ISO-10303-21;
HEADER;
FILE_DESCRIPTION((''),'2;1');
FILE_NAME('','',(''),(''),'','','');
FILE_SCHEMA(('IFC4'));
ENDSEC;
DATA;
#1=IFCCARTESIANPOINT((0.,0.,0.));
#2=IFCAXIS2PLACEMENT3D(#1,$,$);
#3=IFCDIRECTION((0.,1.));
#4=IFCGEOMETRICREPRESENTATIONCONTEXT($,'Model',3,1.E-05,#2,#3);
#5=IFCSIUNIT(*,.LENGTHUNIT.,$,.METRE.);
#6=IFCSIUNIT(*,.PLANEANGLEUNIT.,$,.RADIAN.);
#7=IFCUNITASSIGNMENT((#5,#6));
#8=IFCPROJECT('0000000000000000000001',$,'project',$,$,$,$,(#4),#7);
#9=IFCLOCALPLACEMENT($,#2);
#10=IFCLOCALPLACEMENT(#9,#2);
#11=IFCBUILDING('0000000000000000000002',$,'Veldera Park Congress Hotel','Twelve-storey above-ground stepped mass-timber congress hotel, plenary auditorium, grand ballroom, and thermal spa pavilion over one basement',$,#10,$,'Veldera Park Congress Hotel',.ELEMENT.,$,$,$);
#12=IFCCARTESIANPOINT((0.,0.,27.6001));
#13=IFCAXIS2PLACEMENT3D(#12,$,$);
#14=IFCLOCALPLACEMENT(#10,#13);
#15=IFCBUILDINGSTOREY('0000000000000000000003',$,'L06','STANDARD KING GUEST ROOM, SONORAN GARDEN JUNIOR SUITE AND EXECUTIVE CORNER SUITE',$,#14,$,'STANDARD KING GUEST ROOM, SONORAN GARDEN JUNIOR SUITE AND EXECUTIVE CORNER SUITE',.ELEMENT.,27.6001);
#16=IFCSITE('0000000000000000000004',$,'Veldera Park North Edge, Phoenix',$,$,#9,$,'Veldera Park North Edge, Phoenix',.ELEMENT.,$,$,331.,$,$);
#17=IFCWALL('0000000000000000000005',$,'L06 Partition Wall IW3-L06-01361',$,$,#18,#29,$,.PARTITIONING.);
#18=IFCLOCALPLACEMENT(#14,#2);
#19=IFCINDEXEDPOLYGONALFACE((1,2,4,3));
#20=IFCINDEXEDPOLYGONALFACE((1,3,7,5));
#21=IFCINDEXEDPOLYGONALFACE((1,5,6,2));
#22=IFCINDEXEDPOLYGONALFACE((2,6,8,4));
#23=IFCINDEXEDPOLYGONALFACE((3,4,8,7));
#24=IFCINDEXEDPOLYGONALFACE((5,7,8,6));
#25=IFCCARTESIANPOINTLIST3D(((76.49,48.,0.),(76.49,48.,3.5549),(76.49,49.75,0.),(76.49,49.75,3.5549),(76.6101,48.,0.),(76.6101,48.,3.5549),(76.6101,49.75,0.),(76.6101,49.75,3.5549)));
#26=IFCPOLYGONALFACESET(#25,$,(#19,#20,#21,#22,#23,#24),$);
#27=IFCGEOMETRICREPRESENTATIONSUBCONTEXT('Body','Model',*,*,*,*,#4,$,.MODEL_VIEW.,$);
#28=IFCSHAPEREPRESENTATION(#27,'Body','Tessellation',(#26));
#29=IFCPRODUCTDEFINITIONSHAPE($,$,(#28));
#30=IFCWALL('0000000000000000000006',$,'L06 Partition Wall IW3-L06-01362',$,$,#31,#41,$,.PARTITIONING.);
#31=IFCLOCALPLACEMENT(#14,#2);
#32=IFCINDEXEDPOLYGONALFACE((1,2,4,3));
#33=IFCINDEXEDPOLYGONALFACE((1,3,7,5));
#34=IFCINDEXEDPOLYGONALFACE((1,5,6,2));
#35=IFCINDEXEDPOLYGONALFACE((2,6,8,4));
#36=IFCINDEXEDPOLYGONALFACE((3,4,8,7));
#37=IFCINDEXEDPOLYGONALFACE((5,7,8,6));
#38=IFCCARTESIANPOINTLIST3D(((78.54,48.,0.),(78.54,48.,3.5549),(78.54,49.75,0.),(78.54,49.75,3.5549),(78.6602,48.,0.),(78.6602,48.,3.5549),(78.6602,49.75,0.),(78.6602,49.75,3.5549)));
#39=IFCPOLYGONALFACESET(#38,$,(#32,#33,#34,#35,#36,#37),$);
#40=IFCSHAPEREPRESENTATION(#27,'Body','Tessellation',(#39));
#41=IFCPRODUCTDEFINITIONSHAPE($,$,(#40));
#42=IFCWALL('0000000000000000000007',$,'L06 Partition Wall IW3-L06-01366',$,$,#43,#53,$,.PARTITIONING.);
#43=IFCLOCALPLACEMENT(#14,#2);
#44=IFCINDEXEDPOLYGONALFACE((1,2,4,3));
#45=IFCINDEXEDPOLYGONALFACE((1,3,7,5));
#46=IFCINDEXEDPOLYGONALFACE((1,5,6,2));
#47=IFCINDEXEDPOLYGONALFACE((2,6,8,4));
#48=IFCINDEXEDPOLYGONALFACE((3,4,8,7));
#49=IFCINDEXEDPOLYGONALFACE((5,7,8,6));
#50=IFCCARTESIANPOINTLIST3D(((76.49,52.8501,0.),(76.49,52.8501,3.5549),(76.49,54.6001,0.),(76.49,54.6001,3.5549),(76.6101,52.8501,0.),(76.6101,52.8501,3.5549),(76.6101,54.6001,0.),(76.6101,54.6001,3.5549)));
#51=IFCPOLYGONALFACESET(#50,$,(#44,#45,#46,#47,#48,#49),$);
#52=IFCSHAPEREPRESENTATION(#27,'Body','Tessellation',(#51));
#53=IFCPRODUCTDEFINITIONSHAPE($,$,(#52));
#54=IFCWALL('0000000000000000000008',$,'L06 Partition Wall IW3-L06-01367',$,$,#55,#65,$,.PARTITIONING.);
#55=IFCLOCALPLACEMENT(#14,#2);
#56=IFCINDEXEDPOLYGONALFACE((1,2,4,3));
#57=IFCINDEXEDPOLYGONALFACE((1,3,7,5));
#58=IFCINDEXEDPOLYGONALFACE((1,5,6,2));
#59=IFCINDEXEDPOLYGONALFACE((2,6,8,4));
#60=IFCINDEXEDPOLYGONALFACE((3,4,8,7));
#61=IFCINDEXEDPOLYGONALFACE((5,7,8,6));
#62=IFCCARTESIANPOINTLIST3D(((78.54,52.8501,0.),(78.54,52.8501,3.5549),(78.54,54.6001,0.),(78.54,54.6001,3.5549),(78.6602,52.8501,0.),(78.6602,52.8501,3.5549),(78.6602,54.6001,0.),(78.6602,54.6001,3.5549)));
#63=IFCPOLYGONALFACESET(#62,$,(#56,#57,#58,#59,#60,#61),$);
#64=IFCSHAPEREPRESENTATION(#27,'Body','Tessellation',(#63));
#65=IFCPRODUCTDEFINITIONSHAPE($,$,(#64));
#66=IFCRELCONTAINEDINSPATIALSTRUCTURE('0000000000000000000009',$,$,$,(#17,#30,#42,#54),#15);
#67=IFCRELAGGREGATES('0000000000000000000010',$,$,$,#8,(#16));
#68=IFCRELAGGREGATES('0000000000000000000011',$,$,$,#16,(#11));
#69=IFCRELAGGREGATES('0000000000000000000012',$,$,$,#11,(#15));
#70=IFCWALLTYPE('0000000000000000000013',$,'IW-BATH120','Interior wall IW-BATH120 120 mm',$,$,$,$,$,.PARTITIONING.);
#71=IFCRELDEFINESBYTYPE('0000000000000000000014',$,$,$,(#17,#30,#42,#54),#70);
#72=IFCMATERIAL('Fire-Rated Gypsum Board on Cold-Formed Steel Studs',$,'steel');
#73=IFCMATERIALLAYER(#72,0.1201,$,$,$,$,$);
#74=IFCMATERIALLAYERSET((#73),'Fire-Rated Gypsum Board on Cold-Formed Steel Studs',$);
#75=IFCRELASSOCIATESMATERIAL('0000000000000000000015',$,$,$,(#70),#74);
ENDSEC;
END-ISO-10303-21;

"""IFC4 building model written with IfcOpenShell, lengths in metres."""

from ifc_helpers import new_model, si_unit, direction, frame, frame_2d, origin, place, context, subcontext, project, spatial, rectangle, extrude, material, layer, layer_set, type_object, element, save


model = new_model("IFC4")

# Units and contexts
model_context = context("Model", 3, precision=1e-05, world=origin(), true_north=direction((0.0, 1.0)))
body_context = subcontext(model_context, "Body", "Model", "MODEL_VIEW")
ifc_project = project(units=[si_unit("LENGTHUNIT", "METRE"), si_unit("PLANEANGLEUNIT", "RADIAN")], contexts=[model_context])

# Site, building, storey
site_placement = place(None, origin())
site = spatial("IfcSite", under=ifc_project, at=site_placement, Name="Veldera Park North Edge, Phoenix", LongName="Veldera Park North Edge, Phoenix", CompositionType="ELEMENT", RefElevation=331.0)
building_placement = place(site_placement, origin())
building = spatial("IfcBuilding", under=site, at=building_placement, Name="Veldera Park Congress Hotel", Description="Twelve-storey above-ground stepped mass-timber congress hotel, plenary auditorium, grand ballroom, and thermal spa pavilion over one basement", LongName="Veldera Park Congress Hotel", CompositionType="ELEMENT")
storey_placement = place(building_placement, frame((0.0, 0.0, 27.6001)))
storey = spatial("IfcBuildingStorey", under=building, at=storey_placement, Name="L06", Description="STANDARD KING GUEST ROOM, SONORAN GARDEN JUNIOR SUITE AND EXECUTIVE CORNER SUITE", LongName="STANDARD KING GUEST ROOM, SONORAN GARDEN JUNIOR SUITE AND EXECUTIVE CORNER SUITE", CompositionType="ELEMENT", Elevation=27.6001)

# Walls
ifc_material_1 = material(Name="Fire-Rated Gypsum Board on Cold-Formed Steel Studs", Category="steel")
ifc_layer_1 = layer(ifc_material_1, 0.1201)
ifc_layer_set_1 = layer_set([ifc_layer_1], Name="Fire-Rated Gypsum Board on Cold-Formed Steel Studs")
wall_type = type_object("IfcWallType", Name="IW-BATH120", Description="Interior wall IW-BATH120 120 mm", PredefinedType="PARTITIONING", material=ifc_layer_set_1)
for number, where, z_axis, x_axis, name in (
    (1, (76.55, 48.0, 0.0), (0.0, 0.0, 1.0), (0.0, 1.0, 0.0), "L06 Partition Wall IW3-L06-01361"),
    (2, (78.6001, 48.0, 0.0), (0.0, 0.0, 1.0), (0.0, 1.0, 0.0), "L06 Partition Wall IW3-L06-01362"),
):
    element("IfcWall", number, at=place(storey_placement, frame(where, z_axis=z_axis, x_axis=x_axis)), inside=storey, type_object=wall_type, Name=name, PredefinedType="PARTITIONING", context=body_context, shape_type="SweptSolid", body=[
        extrude(rectangle(XDim=1.75, YDim=0.1201, at=frame_2d((0.875, 0.0))), origin(), (0.0, 0.0, 1.0), 3.5549),
    ])

# Walls
for number, where, z_axis, x_axis, name in (
    (3, (76.55, 52.8501, 0.0), (0.0, 0.0, 1.0), (0.0, 1.0, 0.0), "L06 Partition Wall IW3-L06-01366"),
    (4, (78.6001, 52.8501, 0.0), (0.0, 0.0, 1.0), (0.0, 1.0, 0.0), "L06 Partition Wall IW3-L06-01367"),
):
    element("IfcWall", number, at=place(storey_placement, frame(where, z_axis=z_axis, x_axis=x_axis)), inside=storey, type_object=wall_type, Name=name, PredefinedType="PARTITIONING", context=body_context, shape_type="SweptSolid", body=[
        extrude(rectangle(XDim=1.75, YDim=0.1201, at=frame_2d((0.875, 0.0))), origin(), (0.0, 0.0, 1.0), 3.5549),
    ])

save(model, "model.ifc")
